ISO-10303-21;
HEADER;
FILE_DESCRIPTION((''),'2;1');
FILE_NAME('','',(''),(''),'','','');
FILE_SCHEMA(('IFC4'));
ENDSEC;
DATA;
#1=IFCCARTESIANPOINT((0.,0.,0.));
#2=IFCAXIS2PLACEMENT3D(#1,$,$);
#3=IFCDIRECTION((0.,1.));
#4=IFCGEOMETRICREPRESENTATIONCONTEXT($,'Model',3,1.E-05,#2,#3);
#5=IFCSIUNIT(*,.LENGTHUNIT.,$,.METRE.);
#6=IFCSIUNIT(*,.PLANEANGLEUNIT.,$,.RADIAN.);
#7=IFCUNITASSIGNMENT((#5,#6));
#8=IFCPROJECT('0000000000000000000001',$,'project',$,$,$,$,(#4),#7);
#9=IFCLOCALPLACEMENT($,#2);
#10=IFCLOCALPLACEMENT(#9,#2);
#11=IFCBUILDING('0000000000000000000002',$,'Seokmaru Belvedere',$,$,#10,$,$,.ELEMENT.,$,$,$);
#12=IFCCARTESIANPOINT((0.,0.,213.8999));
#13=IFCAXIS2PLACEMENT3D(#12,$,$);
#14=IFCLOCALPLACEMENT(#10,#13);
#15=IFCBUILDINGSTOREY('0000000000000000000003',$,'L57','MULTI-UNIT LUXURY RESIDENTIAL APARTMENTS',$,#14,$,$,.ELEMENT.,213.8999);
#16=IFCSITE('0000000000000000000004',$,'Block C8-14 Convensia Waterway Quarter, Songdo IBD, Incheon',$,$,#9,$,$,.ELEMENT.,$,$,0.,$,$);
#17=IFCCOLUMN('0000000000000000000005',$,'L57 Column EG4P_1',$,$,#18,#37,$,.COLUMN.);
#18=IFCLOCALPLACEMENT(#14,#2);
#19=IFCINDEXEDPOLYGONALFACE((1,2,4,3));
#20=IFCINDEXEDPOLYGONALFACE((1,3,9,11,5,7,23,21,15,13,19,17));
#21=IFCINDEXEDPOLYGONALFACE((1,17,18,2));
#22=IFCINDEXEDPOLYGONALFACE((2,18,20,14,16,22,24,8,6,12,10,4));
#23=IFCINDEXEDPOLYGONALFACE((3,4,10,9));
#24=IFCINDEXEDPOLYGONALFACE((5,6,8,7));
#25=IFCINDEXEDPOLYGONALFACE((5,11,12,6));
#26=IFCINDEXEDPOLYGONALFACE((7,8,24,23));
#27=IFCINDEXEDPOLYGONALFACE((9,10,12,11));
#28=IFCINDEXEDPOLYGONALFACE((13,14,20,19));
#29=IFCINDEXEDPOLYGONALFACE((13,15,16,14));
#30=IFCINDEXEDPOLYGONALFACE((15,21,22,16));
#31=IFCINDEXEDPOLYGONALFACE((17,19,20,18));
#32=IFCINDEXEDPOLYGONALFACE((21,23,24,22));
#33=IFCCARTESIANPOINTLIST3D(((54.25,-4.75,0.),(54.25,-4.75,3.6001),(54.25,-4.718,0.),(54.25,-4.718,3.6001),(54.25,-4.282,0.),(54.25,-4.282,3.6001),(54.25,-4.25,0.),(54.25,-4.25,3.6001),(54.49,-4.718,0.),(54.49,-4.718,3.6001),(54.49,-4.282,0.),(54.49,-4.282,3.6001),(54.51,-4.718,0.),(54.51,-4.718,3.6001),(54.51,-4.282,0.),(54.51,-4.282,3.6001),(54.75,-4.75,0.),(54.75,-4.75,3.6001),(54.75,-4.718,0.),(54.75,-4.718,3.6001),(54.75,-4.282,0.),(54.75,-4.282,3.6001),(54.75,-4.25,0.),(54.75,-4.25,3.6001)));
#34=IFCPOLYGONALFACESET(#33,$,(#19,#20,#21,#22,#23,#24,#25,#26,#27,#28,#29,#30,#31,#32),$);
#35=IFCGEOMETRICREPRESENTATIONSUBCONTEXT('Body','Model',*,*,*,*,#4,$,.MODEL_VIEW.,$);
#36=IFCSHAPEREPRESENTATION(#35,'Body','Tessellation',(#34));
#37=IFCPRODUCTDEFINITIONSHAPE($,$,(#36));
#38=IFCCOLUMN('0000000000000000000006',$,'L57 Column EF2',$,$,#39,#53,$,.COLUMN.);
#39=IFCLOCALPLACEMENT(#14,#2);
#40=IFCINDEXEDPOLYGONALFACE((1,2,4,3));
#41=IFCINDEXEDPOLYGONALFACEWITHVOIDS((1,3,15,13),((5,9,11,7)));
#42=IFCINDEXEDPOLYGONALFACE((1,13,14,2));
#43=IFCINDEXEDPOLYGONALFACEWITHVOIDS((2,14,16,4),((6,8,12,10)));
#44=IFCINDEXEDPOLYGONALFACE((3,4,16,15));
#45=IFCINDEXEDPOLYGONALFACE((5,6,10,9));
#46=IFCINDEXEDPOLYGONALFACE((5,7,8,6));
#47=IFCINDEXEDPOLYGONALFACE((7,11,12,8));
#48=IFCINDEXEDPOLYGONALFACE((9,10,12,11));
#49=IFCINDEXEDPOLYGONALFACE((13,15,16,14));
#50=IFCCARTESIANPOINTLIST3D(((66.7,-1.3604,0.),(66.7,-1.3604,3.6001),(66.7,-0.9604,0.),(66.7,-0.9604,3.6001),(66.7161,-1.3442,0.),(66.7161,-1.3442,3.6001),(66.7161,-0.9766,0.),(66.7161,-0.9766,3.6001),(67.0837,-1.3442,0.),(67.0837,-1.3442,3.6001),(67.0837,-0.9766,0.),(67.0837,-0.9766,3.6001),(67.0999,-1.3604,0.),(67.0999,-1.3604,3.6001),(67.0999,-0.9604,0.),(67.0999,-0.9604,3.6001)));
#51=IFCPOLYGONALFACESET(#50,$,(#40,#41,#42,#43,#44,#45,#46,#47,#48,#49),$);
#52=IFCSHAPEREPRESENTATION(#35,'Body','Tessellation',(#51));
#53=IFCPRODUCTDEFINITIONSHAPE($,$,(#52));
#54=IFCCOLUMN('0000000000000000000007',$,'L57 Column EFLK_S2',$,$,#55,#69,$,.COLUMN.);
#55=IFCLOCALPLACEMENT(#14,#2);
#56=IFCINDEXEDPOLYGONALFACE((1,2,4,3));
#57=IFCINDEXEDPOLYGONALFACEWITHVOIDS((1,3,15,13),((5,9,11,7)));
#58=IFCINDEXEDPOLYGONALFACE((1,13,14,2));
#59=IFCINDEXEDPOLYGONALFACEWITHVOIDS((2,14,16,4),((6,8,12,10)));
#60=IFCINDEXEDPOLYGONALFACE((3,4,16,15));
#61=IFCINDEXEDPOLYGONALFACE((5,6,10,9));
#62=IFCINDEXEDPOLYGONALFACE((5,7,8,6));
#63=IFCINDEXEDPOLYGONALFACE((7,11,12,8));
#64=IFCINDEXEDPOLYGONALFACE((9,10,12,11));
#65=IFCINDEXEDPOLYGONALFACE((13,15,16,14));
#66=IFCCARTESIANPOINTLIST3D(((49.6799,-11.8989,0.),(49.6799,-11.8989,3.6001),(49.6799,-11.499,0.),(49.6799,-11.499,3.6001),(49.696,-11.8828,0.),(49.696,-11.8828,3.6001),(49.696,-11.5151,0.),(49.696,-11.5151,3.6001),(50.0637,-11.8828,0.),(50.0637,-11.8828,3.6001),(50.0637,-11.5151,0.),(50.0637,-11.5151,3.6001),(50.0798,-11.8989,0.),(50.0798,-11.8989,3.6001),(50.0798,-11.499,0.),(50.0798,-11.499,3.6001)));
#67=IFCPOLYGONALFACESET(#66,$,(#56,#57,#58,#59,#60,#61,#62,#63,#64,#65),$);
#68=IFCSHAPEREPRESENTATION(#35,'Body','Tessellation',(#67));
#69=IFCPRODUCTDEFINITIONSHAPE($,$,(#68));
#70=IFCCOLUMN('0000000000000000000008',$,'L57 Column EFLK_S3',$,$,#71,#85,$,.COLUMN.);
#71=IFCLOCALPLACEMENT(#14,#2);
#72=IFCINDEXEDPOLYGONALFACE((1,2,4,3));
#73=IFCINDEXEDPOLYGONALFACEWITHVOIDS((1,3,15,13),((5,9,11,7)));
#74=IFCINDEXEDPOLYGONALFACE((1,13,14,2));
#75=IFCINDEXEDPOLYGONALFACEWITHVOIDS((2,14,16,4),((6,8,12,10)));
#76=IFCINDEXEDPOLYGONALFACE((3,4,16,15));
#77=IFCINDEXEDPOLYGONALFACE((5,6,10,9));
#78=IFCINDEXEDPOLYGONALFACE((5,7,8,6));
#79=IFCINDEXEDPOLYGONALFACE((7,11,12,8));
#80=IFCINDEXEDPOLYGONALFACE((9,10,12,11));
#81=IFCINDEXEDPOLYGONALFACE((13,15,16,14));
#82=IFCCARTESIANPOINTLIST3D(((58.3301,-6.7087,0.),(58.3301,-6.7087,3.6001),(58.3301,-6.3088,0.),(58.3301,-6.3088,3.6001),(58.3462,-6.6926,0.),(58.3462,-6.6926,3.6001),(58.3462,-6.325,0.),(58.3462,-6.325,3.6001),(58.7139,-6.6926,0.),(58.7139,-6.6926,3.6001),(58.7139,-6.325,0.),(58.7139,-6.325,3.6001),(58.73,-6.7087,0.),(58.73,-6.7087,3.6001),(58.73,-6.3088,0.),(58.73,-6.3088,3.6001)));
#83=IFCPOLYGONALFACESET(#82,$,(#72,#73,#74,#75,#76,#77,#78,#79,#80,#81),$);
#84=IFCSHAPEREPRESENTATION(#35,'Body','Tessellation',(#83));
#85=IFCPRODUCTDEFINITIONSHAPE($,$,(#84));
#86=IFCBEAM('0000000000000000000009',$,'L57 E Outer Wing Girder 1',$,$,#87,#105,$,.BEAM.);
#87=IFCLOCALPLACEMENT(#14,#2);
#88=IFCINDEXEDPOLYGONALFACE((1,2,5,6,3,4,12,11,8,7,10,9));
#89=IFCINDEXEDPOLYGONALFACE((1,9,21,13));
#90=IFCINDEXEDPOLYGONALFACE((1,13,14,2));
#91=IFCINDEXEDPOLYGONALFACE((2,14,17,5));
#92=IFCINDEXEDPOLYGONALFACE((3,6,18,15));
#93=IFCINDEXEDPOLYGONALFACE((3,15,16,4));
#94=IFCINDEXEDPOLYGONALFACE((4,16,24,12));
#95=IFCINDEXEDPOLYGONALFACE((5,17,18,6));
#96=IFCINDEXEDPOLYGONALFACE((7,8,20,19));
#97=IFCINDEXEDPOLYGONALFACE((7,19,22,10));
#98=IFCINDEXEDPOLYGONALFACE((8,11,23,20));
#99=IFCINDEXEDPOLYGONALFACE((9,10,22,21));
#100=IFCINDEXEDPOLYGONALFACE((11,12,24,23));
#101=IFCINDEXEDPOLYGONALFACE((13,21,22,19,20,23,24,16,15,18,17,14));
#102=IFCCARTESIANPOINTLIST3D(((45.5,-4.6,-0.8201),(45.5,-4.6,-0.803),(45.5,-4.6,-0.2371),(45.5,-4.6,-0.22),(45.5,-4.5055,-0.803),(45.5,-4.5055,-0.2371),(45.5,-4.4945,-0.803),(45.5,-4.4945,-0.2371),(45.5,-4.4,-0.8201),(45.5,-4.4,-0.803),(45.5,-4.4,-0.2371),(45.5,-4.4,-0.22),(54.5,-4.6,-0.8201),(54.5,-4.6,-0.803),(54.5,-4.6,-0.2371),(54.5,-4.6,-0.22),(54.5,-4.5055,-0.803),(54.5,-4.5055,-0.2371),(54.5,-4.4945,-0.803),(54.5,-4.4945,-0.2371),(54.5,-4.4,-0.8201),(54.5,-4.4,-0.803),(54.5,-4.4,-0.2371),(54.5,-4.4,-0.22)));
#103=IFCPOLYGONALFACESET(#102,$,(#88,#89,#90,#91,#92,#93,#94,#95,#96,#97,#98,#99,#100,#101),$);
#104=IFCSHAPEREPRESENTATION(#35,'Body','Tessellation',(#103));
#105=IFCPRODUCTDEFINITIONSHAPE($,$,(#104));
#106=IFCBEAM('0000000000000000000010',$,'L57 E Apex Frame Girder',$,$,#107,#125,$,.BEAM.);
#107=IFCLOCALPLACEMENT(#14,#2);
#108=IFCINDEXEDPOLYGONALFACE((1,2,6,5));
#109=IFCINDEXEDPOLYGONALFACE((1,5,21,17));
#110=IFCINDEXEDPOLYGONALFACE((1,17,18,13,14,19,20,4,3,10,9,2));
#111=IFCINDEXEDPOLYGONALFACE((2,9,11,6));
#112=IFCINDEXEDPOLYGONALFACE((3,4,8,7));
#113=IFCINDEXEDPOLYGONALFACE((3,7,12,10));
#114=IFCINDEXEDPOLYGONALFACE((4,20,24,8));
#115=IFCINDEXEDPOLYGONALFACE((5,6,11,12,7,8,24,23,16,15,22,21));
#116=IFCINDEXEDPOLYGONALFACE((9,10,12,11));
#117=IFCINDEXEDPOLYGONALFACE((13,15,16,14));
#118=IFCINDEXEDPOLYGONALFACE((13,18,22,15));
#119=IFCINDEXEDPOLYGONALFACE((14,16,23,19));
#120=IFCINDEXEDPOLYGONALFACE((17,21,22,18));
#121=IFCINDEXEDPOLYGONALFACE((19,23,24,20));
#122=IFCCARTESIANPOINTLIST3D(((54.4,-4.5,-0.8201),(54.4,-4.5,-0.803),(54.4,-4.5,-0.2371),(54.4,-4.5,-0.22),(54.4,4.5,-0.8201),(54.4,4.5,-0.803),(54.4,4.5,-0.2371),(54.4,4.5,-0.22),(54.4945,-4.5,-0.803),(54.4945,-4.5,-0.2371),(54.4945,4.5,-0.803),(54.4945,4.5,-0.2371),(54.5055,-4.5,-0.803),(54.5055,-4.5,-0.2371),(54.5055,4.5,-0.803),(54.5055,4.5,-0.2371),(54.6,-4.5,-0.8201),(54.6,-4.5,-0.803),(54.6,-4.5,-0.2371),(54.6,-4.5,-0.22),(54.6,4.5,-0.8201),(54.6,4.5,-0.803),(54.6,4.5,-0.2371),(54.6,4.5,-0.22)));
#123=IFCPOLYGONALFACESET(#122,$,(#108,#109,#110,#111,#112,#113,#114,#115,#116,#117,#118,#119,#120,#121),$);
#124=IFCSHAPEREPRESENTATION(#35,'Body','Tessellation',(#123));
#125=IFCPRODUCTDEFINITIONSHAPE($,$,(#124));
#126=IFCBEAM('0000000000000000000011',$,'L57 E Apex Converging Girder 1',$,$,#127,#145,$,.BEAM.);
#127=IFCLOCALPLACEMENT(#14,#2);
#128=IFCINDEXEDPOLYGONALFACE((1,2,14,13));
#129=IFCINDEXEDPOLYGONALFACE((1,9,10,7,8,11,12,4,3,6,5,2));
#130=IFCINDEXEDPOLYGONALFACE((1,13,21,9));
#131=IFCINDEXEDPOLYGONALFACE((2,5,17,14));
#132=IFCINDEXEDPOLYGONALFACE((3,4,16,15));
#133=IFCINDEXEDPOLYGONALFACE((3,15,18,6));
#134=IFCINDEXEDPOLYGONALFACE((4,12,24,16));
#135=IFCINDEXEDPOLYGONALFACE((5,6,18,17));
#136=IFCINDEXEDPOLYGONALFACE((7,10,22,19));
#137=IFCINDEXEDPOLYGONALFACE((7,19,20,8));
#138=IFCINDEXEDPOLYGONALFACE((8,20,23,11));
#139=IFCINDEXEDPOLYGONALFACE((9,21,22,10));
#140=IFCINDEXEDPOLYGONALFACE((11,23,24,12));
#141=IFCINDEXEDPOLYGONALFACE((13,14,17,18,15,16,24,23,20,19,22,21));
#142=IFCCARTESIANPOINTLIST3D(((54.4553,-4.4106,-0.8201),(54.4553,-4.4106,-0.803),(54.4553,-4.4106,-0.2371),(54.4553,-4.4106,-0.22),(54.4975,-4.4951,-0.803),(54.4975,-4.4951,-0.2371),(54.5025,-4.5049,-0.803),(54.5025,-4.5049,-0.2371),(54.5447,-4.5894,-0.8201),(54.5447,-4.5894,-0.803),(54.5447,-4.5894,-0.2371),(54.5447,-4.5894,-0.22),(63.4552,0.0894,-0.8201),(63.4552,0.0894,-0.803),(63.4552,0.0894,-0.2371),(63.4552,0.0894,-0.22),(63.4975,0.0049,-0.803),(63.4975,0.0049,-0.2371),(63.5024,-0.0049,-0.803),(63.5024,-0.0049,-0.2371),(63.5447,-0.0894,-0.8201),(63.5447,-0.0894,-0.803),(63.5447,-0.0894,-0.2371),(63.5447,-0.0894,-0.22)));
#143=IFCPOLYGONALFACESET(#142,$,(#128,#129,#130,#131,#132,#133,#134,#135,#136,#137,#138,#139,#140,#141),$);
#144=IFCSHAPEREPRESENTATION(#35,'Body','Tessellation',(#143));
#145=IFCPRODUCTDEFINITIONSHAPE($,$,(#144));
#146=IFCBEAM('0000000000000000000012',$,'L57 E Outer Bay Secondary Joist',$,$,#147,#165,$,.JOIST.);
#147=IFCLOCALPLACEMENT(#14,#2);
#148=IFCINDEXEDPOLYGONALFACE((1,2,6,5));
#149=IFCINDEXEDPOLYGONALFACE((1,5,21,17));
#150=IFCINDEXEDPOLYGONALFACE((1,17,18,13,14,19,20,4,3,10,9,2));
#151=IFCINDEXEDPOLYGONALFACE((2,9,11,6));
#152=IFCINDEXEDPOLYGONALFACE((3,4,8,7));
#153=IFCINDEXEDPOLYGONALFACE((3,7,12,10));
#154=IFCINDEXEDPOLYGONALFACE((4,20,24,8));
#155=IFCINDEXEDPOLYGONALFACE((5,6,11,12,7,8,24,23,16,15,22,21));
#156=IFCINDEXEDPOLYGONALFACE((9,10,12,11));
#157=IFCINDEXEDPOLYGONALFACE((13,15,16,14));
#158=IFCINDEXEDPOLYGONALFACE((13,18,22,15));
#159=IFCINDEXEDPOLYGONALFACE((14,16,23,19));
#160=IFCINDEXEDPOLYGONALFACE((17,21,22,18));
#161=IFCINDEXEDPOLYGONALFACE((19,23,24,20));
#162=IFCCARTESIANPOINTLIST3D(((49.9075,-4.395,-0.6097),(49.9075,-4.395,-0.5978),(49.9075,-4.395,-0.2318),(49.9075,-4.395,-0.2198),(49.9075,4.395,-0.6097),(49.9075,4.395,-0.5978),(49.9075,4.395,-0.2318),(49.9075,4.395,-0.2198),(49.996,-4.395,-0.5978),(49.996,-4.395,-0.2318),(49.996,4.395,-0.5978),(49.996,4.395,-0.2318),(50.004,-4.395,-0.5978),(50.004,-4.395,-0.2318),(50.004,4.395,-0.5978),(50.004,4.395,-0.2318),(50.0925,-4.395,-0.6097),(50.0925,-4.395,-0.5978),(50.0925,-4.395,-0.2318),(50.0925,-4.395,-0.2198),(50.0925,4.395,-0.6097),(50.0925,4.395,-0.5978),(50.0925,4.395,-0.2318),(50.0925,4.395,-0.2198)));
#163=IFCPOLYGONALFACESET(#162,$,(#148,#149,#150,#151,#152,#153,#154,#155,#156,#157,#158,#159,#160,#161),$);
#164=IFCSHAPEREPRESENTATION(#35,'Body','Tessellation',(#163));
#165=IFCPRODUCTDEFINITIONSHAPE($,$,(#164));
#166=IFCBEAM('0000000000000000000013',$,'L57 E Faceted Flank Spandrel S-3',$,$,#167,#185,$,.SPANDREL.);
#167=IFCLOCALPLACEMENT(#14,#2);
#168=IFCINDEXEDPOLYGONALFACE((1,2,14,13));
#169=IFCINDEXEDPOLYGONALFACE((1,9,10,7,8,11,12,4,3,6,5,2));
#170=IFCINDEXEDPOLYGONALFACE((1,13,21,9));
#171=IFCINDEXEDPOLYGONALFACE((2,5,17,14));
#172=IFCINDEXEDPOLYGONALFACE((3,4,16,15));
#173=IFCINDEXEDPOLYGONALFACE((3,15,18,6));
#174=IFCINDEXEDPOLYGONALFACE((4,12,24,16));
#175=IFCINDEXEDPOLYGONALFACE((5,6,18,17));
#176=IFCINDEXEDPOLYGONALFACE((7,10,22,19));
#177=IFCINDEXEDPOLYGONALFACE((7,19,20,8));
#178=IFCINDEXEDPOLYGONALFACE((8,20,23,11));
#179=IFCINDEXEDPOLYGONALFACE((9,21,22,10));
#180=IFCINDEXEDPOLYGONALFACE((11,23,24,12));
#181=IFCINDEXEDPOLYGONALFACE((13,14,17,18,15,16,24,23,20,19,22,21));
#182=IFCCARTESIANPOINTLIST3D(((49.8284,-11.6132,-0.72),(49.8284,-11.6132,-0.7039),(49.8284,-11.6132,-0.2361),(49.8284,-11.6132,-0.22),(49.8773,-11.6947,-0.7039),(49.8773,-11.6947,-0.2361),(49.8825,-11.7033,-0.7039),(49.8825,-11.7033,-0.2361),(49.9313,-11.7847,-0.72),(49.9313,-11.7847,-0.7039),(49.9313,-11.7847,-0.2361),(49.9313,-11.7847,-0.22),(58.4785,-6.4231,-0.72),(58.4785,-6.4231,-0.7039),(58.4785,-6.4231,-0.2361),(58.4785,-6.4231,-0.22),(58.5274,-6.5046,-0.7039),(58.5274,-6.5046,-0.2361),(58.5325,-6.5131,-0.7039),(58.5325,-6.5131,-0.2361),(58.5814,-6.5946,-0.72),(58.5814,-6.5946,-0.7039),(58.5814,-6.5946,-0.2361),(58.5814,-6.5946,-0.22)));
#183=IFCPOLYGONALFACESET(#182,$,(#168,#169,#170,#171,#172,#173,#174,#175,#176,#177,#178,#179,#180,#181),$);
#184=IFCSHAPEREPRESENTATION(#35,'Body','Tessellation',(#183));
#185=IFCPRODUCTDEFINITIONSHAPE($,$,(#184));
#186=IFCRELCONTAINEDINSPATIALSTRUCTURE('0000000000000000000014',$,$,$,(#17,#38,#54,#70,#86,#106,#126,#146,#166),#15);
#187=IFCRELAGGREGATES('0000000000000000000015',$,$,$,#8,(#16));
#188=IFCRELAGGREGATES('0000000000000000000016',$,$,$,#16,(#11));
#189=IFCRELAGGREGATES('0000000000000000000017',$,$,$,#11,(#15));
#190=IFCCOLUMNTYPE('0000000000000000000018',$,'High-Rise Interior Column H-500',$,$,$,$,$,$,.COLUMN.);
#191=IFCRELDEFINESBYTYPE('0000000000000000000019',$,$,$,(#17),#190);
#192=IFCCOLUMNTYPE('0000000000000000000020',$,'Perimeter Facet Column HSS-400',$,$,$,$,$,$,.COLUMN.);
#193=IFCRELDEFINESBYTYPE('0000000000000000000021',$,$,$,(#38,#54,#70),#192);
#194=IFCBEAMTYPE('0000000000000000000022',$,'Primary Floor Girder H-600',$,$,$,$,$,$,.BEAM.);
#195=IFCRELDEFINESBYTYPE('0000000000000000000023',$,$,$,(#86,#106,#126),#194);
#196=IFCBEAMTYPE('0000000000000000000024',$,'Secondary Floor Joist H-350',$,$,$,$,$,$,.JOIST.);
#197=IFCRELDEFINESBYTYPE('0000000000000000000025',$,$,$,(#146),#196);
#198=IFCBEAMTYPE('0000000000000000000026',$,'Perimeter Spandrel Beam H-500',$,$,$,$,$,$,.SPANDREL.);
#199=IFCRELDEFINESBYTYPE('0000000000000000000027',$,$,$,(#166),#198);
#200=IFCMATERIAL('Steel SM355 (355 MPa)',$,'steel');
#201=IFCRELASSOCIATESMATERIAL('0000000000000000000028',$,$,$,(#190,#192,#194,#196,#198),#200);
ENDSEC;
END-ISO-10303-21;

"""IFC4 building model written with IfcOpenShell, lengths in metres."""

from ifc_helpers import new_model, si_unit, direction, frame, origin, origin_2d, place, context, subcontext, project, spatial, hollow_rectangle, i_section, extrude, source, transform, mapped, material, material_profile, profile_set, type_object, type_shapes, element, save


model = new_model("IFC4")

# Units and contexts
model_context = context("Model", 3, precision=1e-05, world=origin(), true_north=direction((0.0, 1.0)))
body_context = subcontext(model_context, "Body", "Model", "MODEL_VIEW")
ifc_project = project(units=[si_unit("LENGTHUNIT", "METRE"), si_unit("PLANEANGLEUNIT", "RADIAN")], contexts=[model_context])

# Site, building, storey
site_placement = place(None, origin())
site = spatial("IfcSite", under=ifc_project, at=site_placement, Name="Block C8-14 Convensia Waterway Quarter, Songdo IBD, Incheon", CompositionType="ELEMENT", RefElevation=0.0)
building_placement = place(site_placement, origin())
building = spatial("IfcBuilding", under=site, at=building_placement, Name="Seokmaru Belvedere", CompositionType="ELEMENT")
storey_placement = place(building_placement, frame((0.0, 0.0, 213.8999)))
storey = spatial("IfcBuildingStorey", under=building, at=storey_placement, Name="L57", Description="MULTI-UNIT LUXURY RESIDENTIAL APARTMENTS", CompositionType="ELEMENT", Elevation=213.8999)

# Columns
ifc_material_1 = material(Name="Steel SM355 (355 MPa)", Category="steel")
ifc_material_profile_1 = material_profile(ifc_material_1, i_section(OverallWidth=0.5, OverallDepth=0.5, WebThickness=0.02, FlangeThickness=0.032, at=origin_2d()), Name="H-500x500x20x32")
ifc_profile_set_1 = profile_set([ifc_material_profile_1], Name="Steel SM355 (355 MPa)")
column_type_1 = type_object("IfcColumnType", Name="High-Rise Interior Column H-500", PredefinedType="COLUMN", material=ifc_profile_set_1)
shared_shape_1 = source(origin(), body_context, "Body", "SweptSolid", [
    extrude(i_section(OverallWidth=0.5, OverallDepth=0.5, WebThickness=0.02, FlangeThickness=0.032, at=origin_2d()), origin(), (0.0, 0.0, 1.0), 3.6001),
])
type_shapes(column_type_1, [shared_shape_1])
column_placement = place(storey_placement, frame((54.5, -4.5, 0.0), z_axis=(0.0, 0.0, 1.0), x_axis=(1.0, 0.0, 0.0)))
element("IfcColumn", 1, at=column_placement, inside=storey, type_object=column_type_1, Name="L57 Column EG4P_1", PredefinedType="COLUMN", context=body_context, shape_type="MappedRepresentation", body=[
    mapped(shared_shape_1, transform((0.0, 0.0, 0.0), scale=1.0)),
])
ifc_material_profile_2 = material_profile(ifc_material_1, hollow_rectangle(XDim=0.3999, YDim=0.3999, WallThickness=0.0161, at=origin_2d()), Name="HSS-400x400x16")
ifc_profile_set_2 = profile_set([ifc_material_profile_2], Name="Steel SM355 (355 MPa)")
column_type_2 = type_object("IfcColumnType", Name="Perimeter Facet Column HSS-400", PredefinedType="COLUMN", material=ifc_profile_set_2)
shared_shape_2 = source(origin(), body_context, "Body", "SweptSolid", [
    extrude(hollow_rectangle(XDim=0.3999, YDim=0.3999, WallThickness=0.0161, at=origin_2d()), origin(), (0.0, 0.0, 1.0), 3.6001),
])
type_shapes(column_type_2, [shared_shape_2])
for number, where, z_axis, x_axis, name in (
    (2, (66.8999, -1.1604, 0.0), (0.0, 0.0, 1.0), (1.0, 0.0, 0.0), "L57 Column EF2"),
    (3, (49.8799, -11.699, 0.0), (0.0, 0.0, 1.0), (1.0, 0.0, 0.0), "L57 Column EFLK_S2"),
    (4, (58.53, -6.5088, 0.0), (0.0, 0.0, 1.0), (1.0, 0.0, 0.0), "L57 Column EFLK_S3"),
):
    element("IfcColumn", number, at=place(storey_placement, frame(where, z_axis=z_axis, x_axis=x_axis)), inside=storey, type_object=column_type_2, Name=name, PredefinedType="COLUMN", context=body_context, shape_type="MappedRepresentation", body=[
        mapped(shared_shape_2, transform((0.0, 0.0, 0.0), scale=1.0)),
    ])

# Beams
ifc_material_profile_3 = material_profile(ifc_material_1, i_section(OverallWidth=0.2, OverallDepth=0.6001, WebThickness=0.011, FlangeThickness=0.0171, at=origin_2d()), Name="H-600x200x11x17")
ifc_profile_set_3 = profile_set([ifc_material_profile_3], Name="Steel SM355 (355 MPa)")
beam_type_1 = type_object("IfcBeamType", Name="Primary Floor Girder H-600", PredefinedType="BEAM", material=ifc_profile_set_3)
shared_shape_3 = source(origin(), body_context, "Body", "SweptSolid", [
    extrude(i_section(OverallWidth=0.2, OverallDepth=0.6001, WebThickness=0.011, FlangeThickness=0.0171, at=origin_2d()), origin(), (0.0, 0.0, 1.0), 9.0),
])
for number, where, z_axis, x_axis, name in (
    (5, (45.5, -4.5, -0.52), (1.0, 0.0, 0.0), (0.0, 1.0, 0.0), "L57 E Outer Wing Girder 1"),
    (6, (54.5, -4.5, -0.52), (0.0, 1.0, 0.0), (-1.0, 0.0, 0.0), "L57 E Apex Frame Girder"),
):
    element("IfcBeam", number, at=place(storey_placement, frame(where, z_axis=z_axis, x_axis=x_axis)), inside=storey, type_object=beam_type_1, Name=name, PredefinedType="BEAM", context=body_context, shape_type="MappedRepresentation", body=[
        mapped(shared_shape_3, transform((0.0, 0.0, 0.0), scale=1.0)),
    ])
shared_shape_4 = source(origin(), body_context, "Body", "SweptSolid", [
    extrude(i_section(OverallWidth=0.2, OverallDepth=0.6001, WebThickness=0.011, FlangeThickness=0.0171, at=origin_2d()), origin(), (0.0, 0.0, 1.0), 10.0623),
])
beam_1_placement = place(storey_placement, frame((54.5, -4.5, -0.52), z_axis=(0.894427, 0.447214, 0.0), x_axis=(-0.447214, 0.894427, 0.0)))
element("IfcBeam", 7, at=beam_1_placement, inside=storey, type_object=beam_type_1, Name="L57 E Apex Converging Girder 1", PredefinedType="BEAM", context=body_context, shape_type="MappedRepresentation", body=[
    mapped(shared_shape_4, transform((0.0, 0.0, 0.0), scale=1.0)),
])
ifc_material_profile_4 = material_profile(ifc_material_1, i_section(OverallWidth=0.1851, OverallDepth=0.3899, WebThickness=0.0081, FlangeThickness=0.012, at=origin_2d()), Name="H-390x185x8x12")
ifc_profile_set_4 = profile_set([ifc_material_profile_4], Name="Steel SM355 (355 MPa)")
beam_type_2 = type_object("IfcBeamType", Name="Secondary Floor Joist H-350", PredefinedType="JOIST", material=ifc_profile_set_4)
shared_shape_5 = source(origin(), body_context, "Body", "SweptSolid", [
    extrude(i_section(OverallWidth=0.1851, OverallDepth=0.3899, WebThickness=0.0081, FlangeThickness=0.012, at=origin_2d()), origin(), (0.0, 0.0, 1.0), 8.79),
])
type_shapes(beam_type_2, [shared_shape_5])
beam_2_placement = place(storey_placement, frame((50.0, -4.395, -0.4148), z_axis=(0.0, 1.0, 0.0), x_axis=(-1.0, 0.0, 0.0)))
element("IfcBeam", 8, at=beam_2_placement, inside=storey, type_object=beam_type_2, Name="L57 E Outer Bay Secondary Joist", PredefinedType="JOIST", context=body_context, shape_type="MappedRepresentation", body=[
    mapped(shared_shape_5, transform((0.0, 0.0, 0.0), scale=1.0)),
])
ifc_material_profile_5 = material_profile(ifc_material_1, i_section(OverallWidth=0.2, OverallDepth=0.5, WebThickness=0.01, FlangeThickness=0.0161, at=origin_2d()), Name="H-500x200x10x16")
ifc_profile_set_5 = profile_set([ifc_material_profile_5], Name="Steel SM355 (355 MPa)")
beam_type_3 = type_object("IfcBeamType", Name="Perimeter Spandrel Beam H-500", PredefinedType="SPANDREL", material=ifc_profile_set_5)
shared_shape_6 = source(origin(), body_context, "Body", "SweptSolid", [
    extrude(i_section(OverallWidth=0.2, OverallDepth=0.5, WebThickness=0.01, FlangeThickness=0.0161, at=origin_2d()), origin(), (0.0, 0.0, 1.0), 10.0876),
])
beam_3_placement = place(storey_placement, frame((49.8799, -11.699, -0.47), z_axis=(0.857489, 0.514503, 0.0), x_axis=(-0.514503, 0.857489, 0.0)))
element("IfcBeam", 9, at=beam_3_placement, inside=storey, type_object=beam_type_3, Name="L57 E Faceted Flank Spandrel S-3", PredefinedType="SPANDREL", context=body_context, shape_type="MappedRepresentation", body=[
    mapped(shared_shape_6, transform((0.0, 0.0, 0.0), scale=1.0)),
])

save(model, "model.ifc")
